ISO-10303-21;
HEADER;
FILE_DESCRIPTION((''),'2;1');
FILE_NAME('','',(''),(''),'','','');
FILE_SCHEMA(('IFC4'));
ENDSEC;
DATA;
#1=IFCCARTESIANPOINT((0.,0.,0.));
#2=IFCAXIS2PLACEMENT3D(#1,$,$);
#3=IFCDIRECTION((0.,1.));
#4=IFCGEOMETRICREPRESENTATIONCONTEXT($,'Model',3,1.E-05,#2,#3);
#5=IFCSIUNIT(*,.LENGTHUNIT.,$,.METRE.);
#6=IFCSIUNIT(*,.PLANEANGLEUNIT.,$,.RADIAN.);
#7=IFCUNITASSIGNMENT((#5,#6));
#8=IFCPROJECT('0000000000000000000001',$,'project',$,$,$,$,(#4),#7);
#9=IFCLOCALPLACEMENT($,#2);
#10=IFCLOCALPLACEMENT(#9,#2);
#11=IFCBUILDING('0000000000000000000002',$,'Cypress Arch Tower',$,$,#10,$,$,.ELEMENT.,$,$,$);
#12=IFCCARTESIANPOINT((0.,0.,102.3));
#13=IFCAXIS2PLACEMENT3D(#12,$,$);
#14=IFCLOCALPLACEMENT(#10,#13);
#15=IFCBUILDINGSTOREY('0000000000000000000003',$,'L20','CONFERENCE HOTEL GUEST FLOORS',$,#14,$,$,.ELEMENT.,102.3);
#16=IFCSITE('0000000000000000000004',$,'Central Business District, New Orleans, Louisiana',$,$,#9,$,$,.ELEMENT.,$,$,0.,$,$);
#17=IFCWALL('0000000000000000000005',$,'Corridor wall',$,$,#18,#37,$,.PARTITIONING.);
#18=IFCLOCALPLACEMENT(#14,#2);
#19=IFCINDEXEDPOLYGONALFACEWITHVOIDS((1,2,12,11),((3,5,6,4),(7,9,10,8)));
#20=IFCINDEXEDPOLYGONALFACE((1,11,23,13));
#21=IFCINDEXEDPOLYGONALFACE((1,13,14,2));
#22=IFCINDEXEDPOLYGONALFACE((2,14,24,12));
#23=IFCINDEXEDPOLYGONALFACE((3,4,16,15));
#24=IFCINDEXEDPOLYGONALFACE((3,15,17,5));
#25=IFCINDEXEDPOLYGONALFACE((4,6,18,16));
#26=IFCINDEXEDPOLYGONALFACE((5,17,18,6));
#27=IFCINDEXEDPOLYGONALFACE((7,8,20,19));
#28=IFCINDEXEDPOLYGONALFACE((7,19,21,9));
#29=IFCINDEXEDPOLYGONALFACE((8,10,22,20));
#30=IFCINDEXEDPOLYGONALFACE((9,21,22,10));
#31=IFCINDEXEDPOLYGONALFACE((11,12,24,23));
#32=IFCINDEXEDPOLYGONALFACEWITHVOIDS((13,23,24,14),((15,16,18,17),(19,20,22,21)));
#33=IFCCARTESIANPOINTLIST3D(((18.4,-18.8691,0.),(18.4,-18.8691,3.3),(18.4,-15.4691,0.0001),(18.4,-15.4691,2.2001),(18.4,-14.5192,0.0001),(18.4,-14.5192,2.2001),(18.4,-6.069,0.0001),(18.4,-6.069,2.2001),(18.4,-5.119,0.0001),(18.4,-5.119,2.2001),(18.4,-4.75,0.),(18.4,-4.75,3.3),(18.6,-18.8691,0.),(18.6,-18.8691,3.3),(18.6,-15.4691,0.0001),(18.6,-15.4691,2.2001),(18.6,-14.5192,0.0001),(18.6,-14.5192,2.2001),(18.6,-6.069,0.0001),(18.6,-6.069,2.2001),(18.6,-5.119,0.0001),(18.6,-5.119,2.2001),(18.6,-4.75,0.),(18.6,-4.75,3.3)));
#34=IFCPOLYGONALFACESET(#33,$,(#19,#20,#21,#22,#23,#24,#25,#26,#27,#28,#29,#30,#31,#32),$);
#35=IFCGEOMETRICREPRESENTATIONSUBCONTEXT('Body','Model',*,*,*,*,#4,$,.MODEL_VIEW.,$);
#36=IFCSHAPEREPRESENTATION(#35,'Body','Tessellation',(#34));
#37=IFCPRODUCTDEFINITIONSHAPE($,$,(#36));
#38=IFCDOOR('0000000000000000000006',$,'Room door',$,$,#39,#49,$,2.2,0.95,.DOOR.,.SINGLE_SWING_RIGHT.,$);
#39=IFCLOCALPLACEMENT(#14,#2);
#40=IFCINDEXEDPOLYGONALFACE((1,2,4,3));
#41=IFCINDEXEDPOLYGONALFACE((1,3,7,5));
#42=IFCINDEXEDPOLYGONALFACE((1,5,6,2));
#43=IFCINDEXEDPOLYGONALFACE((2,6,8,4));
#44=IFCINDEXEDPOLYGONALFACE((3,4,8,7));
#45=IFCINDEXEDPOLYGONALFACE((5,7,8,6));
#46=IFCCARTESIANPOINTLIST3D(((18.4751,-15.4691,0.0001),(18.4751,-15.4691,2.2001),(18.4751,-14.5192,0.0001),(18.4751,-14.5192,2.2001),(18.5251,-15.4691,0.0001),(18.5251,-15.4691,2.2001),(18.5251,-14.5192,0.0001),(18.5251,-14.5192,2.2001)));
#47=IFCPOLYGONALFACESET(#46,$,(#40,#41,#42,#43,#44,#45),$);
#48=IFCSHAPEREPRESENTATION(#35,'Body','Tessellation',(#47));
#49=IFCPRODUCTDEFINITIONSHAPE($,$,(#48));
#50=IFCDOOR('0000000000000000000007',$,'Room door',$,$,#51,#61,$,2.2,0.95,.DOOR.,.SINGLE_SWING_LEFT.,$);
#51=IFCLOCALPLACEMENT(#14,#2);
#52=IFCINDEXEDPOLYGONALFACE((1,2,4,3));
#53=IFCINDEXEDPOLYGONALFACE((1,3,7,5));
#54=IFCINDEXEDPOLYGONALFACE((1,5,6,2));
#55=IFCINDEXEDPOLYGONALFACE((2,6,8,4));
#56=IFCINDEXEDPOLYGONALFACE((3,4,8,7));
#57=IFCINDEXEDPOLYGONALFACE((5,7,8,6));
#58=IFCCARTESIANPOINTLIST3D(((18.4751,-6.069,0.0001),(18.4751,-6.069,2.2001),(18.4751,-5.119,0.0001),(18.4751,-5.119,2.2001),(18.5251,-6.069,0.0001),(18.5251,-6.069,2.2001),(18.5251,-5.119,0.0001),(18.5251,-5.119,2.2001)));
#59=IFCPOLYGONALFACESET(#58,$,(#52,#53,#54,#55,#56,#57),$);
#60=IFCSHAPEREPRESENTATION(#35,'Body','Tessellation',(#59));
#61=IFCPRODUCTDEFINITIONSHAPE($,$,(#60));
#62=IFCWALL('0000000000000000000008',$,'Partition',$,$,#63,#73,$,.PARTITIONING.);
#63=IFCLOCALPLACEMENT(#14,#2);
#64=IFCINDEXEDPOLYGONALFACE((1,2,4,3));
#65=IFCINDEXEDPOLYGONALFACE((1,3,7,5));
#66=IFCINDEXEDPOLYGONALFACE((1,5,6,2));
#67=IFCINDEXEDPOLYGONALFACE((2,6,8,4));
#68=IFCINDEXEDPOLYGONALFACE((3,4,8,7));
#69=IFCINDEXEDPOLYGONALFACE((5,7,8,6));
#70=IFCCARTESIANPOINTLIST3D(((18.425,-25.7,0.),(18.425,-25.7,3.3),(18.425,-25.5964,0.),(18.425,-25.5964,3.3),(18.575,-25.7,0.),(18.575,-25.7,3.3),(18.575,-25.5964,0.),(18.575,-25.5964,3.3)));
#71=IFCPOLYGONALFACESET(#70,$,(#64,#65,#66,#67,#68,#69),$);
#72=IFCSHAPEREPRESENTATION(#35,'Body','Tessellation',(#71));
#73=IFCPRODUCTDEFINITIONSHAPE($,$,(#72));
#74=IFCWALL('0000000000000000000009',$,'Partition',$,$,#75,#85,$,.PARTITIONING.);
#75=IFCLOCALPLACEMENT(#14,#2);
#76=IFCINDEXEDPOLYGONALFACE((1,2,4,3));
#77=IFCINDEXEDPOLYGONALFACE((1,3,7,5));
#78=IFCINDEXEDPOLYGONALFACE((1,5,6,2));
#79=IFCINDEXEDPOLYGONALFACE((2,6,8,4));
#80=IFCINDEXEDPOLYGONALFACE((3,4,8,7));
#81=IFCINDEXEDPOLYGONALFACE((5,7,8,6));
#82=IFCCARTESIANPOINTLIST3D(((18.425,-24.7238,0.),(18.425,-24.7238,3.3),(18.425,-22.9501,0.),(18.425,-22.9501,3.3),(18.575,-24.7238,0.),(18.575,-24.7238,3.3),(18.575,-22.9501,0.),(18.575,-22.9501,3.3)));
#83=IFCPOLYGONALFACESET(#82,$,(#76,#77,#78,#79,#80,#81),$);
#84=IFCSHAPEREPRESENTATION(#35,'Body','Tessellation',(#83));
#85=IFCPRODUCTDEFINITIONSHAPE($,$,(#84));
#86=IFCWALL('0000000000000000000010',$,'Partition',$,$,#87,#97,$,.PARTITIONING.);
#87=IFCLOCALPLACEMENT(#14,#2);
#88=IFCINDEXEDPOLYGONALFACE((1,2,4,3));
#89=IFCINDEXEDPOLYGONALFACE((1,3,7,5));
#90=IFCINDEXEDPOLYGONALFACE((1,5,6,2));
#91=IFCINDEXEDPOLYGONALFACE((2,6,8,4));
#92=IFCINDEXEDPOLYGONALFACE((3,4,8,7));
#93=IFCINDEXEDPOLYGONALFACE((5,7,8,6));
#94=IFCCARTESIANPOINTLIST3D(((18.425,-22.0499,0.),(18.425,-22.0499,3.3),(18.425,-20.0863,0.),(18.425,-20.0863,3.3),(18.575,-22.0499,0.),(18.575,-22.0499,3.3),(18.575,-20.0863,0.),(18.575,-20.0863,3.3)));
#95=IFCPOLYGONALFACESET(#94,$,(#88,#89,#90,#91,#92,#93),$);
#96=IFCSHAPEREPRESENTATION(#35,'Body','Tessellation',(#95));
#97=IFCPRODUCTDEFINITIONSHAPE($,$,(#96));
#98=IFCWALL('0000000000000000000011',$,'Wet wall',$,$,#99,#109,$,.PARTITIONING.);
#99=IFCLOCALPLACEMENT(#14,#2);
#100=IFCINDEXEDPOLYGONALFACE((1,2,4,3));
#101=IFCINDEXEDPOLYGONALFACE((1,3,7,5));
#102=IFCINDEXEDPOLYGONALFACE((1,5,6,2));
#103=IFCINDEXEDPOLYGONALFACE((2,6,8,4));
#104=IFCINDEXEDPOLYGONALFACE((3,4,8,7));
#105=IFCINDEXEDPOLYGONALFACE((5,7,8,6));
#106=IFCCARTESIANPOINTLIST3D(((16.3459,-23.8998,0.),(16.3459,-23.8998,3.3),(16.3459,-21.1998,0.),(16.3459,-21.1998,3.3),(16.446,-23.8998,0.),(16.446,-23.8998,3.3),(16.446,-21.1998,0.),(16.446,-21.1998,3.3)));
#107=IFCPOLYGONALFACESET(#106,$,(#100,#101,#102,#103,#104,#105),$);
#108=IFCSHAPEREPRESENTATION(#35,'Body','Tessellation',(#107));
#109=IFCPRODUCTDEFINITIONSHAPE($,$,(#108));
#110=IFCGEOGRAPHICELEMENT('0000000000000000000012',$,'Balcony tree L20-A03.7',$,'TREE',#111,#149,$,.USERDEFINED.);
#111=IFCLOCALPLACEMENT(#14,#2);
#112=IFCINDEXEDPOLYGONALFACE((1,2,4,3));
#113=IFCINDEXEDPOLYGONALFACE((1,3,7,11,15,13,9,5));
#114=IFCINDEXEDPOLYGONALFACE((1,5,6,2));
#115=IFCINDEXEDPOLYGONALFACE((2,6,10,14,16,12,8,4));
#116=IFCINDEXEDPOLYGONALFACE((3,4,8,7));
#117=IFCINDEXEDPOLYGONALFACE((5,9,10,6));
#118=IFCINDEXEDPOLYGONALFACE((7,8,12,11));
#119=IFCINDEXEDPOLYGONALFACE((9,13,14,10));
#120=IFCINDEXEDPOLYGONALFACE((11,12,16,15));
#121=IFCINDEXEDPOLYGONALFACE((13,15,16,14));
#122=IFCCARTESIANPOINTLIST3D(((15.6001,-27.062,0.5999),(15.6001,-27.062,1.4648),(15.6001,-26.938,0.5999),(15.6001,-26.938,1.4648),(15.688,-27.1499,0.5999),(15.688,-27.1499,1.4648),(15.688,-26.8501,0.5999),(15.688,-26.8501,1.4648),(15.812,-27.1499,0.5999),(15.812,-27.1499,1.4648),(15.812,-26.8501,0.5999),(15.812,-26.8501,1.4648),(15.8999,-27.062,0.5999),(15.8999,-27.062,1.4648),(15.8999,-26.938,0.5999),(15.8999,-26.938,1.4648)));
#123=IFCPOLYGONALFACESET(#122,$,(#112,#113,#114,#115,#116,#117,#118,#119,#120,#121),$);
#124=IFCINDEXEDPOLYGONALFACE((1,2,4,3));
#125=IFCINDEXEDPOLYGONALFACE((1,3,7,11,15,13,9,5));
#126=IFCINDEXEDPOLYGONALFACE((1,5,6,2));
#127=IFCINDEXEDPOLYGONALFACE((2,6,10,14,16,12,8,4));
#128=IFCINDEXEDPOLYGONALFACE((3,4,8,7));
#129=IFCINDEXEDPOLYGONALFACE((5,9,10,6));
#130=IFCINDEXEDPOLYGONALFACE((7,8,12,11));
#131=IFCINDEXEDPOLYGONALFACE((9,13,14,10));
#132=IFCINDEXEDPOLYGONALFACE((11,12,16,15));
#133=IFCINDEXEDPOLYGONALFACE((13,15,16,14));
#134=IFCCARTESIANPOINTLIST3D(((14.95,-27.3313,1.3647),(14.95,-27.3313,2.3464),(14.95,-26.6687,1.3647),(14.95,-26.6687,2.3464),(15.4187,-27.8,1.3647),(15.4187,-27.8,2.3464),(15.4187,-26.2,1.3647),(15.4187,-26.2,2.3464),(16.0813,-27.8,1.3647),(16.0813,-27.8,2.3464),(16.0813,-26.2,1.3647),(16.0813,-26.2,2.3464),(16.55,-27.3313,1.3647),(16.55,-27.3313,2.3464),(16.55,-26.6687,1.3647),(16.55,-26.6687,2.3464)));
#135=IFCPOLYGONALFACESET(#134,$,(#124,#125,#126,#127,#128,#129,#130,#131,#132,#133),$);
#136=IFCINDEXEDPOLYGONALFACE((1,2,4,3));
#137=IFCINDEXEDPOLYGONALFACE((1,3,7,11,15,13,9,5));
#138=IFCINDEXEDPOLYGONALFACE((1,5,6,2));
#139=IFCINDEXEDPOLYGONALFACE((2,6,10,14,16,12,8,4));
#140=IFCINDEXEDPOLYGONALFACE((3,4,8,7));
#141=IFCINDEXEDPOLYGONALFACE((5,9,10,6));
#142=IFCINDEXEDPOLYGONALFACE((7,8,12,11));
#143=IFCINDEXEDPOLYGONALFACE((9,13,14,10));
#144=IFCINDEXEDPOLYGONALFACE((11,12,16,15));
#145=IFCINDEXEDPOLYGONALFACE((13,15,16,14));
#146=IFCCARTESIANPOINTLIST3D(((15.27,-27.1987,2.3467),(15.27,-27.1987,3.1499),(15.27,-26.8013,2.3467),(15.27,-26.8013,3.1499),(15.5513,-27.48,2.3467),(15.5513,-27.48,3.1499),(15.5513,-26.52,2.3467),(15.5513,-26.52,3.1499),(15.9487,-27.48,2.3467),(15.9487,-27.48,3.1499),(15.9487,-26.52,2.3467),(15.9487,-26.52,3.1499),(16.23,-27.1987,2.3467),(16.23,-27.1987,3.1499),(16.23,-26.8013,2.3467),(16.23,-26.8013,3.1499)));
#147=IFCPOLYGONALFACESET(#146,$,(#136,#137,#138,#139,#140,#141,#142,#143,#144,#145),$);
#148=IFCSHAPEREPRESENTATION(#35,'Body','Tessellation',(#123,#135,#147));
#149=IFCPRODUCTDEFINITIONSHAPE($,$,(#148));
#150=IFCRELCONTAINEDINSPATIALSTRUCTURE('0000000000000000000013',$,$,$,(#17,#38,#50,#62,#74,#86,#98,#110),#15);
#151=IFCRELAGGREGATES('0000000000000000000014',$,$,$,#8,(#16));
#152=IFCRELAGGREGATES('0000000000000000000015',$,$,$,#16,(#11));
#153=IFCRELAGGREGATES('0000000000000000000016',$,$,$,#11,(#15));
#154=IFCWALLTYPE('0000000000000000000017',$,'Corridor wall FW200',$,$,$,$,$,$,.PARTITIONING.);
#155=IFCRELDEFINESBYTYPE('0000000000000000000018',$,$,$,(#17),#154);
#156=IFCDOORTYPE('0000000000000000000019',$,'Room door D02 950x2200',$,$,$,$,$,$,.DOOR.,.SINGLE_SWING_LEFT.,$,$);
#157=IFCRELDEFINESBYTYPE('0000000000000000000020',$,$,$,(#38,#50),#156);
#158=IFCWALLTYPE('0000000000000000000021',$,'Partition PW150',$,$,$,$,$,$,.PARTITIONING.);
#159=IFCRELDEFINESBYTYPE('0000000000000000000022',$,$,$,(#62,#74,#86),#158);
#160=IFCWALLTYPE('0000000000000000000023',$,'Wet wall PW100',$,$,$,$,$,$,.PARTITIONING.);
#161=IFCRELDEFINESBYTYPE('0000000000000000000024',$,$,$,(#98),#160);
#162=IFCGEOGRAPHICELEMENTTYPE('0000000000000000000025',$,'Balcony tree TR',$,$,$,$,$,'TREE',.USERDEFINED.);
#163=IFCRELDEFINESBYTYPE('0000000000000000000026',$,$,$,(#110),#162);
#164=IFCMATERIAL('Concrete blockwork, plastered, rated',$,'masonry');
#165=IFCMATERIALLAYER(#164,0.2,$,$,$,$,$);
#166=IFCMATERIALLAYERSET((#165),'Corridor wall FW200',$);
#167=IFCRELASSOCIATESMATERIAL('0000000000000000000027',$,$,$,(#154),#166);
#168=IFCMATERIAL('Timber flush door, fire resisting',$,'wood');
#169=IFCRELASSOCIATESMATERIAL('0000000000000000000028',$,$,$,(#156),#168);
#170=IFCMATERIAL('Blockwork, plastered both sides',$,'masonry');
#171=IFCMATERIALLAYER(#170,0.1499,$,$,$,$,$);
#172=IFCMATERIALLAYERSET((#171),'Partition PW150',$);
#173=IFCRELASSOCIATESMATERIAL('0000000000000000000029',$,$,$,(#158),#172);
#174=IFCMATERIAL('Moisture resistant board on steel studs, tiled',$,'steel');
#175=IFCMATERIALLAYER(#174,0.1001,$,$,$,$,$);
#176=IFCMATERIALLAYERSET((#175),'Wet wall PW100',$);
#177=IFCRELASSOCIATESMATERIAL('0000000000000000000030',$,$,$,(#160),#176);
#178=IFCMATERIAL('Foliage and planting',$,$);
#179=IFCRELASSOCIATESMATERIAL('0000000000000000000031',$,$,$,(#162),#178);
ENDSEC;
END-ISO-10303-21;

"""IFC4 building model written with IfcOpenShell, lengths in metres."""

from ifc_helpers import new_model, si_unit, direction, frame, frame_2d, origin, place, context, subcontext, project, spatial, polyline, rectangle, outline, extrude, material, layer, layer_set, type_object, element, fill, save


model = new_model("IFC4")

# Units and contexts
model_context = context("Model", 3, precision=1e-05, world=origin(), true_north=direction((0.0, 1.0)))
body_context = subcontext(model_context, "Body", "Model", "MODEL_VIEW")
ifc_project = project(units=[si_unit("LENGTHUNIT", "METRE"), si_unit("PLANEANGLEUNIT", "RADIAN")], contexts=[model_context])

# Site, building, storey
site_placement = place(None, origin())
site = spatial("IfcSite", under=ifc_project, at=site_placement, Name="Central Business District, New Orleans, Louisiana", CompositionType="ELEMENT", RefElevation=0.0)
building_placement = place(site_placement, origin())
building = spatial("IfcBuilding", under=site, at=building_placement, Name="Cypress Arch Tower", CompositionType="ELEMENT")
storey_placement = place(building_placement, frame((0.0, 0.0, 102.3)))
storey = spatial("IfcBuildingStorey", under=building, at=storey_placement, Name="L20", Description="CONFERENCE HOTEL GUEST FLOORS", CompositionType="ELEMENT", Elevation=102.3)

# Wall, openings, doors
ifc_material_1 = material(Name="Concrete blockwork, plastered, rated", Category="masonry")
ifc_layer_1 = layer(ifc_material_1, 0.2)
ifc_layer_set_1 = layer_set([ifc_layer_1], Name="Corridor wall FW200")
wall_type_1 = type_object("IfcWallType", Name="Corridor wall FW200", PredefinedType="PARTITIONING", material=ifc_layer_set_1)
wall_1_placement = place(storey_placement, frame((18.5, -18.8691, 0.0), z_axis=(0.0, 0.0, 1.0), x_axis=(0.0, 1.0, 0.0)))
wall_1 = element("IfcWall", 1, at=wall_1_placement, inside=storey, type_object=wall_type_1, Name="Corridor wall", PredefinedType="PARTITIONING", context=body_context, shape_type="SweptSolid", body=[
    extrude(rectangle(XDim=14.1191, YDim=0.2, at=frame_2d((7.0596, 0.0))), origin(), (0.0, 0.0, 1.0), 3.3),
])
opening_1_placement = place(wall_1_placement, frame((3.3999, 0.0, 0.0)))
opening_1 = element("IfcOpeningElement", 2, at=opening_1_placement, cuts=wall_1, PredefinedType="OPENING", context=body_context, shape_type="SweptSolid", body=[
    extrude(rectangle(XDim=0.95, YDim=2.2, at=frame_2d((0.4751, 1.1001))), frame((0.0, 0.1099, 0.0), z_axis=(0.0, -1.0, 0.0), x_axis=(1.0, 0.0, 0.0)), (0.0, 0.0, 1.0), 0.22),
])
opening_2_placement = place(wall_1_placement, frame((12.8, 0.0, 0.0)))
opening_2 = element("IfcOpeningElement", 3, at=opening_2_placement, cuts=wall_1, PredefinedType="OPENING", context=body_context, shape_type="SweptSolid", body=[
    extrude(rectangle(XDim=0.95, YDim=2.2, at=frame_2d((0.4751, 1.1001))), frame((0.0, 0.1099, 0.0), z_axis=(0.0, -1.0, 0.0), x_axis=(1.0, 0.0, 0.0)), (0.0, 0.0, 1.0), 0.22),
])
ifc_material_2 = material(Name="Timber flush door, fire resisting", Category="wood")
door_type = type_object("IfcDoorType", Name="Room door D02 950x2200", OperationType="SINGLE_SWING_LEFT", PredefinedType="DOOR", material=ifc_material_2)
door_1_placement = place(opening_1_placement, origin())
door_1 = element("IfcDoor", 4, at=door_1_placement, inside=storey, type_object=door_type, Name="Room door", OperationType="SINGLE_SWING_RIGHT", OverallHeight=2.2, OverallWidth=0.95, PredefinedType="DOOR", context=body_context, shape_type="SweptSolid", body=[
    extrude(rectangle(XDim=0.95, YDim=2.2, at=frame_2d((0.4751, 1.1001))), frame((0.0, 0.0249, 0.0), z_axis=(0.0, -1.0, 0.0), x_axis=(1.0, 0.0, 0.0)), (0.0, 0.0, 1.0), 0.05),
])
fill(opening_1, door_1)
door_2_placement = place(opening_2_placement, origin())
door_2 = element("IfcDoor", 5, at=door_2_placement, inside=storey, type_object=door_type, Name="Room door", OperationType="SINGLE_SWING_LEFT", OverallHeight=2.2, OverallWidth=0.95, PredefinedType="DOOR", context=body_context, shape_type="SweptSolid", body=[
    extrude(rectangle(XDim=0.95, YDim=2.2, at=frame_2d((0.4751, 1.1001))), frame((0.0, 0.0249, 0.0), z_axis=(0.0, -1.0, 0.0), x_axis=(1.0, 0.0, 0.0)), (0.0, 0.0, 1.0), 0.05),
])
fill(opening_2, door_2)

# Walls
ifc_material_3 = material(Name="Blockwork, plastered both sides", Category="masonry")
ifc_layer_2 = layer(ifc_material_3, 0.1499)
ifc_layer_set_2 = layer_set([ifc_layer_2], Name="Partition PW150")
wall_type_2 = type_object("IfcWallType", Name="Partition PW150", PredefinedType="PARTITIONING", material=ifc_layer_set_2)
wall_2_placement = place(storey_placement, frame((18.5, -25.7, 0.0), z_axis=(0.0, 0.0, 1.0), x_axis=(0.0, 1.0, 0.0)))
element("IfcWall", 6, at=wall_2_placement, inside=storey, type_object=wall_type_2, Name="Partition", PredefinedType="PARTITIONING", context=body_context, shape_type="SweptSolid", body=[
    extrude(rectangle(XDim=0.1035, YDim=0.1499, at=frame_2d((0.0518, 0.0))), origin(), (0.0, 0.0, 1.0), 3.3),
])
wall_3_placement = place(storey_placement, frame((18.5, -24.7236, 0.0), z_axis=(0.0, 0.0, 1.0), x_axis=(0.0, 1.0, 0.0)))
element("IfcWall", 7, at=wall_3_placement, inside=storey, type_object=wall_type_2, Name="Partition", PredefinedType="PARTITIONING", context=body_context, shape_type="SweptSolid", body=[
    extrude(rectangle(XDim=1.7737, YDim=0.1499, at=frame_2d((0.8867, 0.0))), origin(), (0.0, 0.0, 1.0), 3.3),
])
wall_4_placement = place(storey_placement, frame((18.5, -22.05, 0.0), z_axis=(0.0, 0.0, 1.0), x_axis=(0.0, 1.0, 0.0)))
element("IfcWall", 8, at=wall_4_placement, inside=storey, type_object=wall_type_2, Name="Partition", PredefinedType="PARTITIONING", context=body_context, shape_type="SweptSolid", body=[
    extrude(rectangle(XDim=1.9636, YDim=0.1499, at=frame_2d((0.9819, 0.0))), origin(), (0.0, 0.0, 1.0), 3.3),
])
ifc_material_4 = material(Name="Moisture resistant board on steel studs, tiled", Category="steel")
ifc_layer_3 = layer(ifc_material_4, 0.1001)
ifc_layer_set_3 = layer_set([ifc_layer_3], Name="Wet wall PW100")
wall_type_3 = type_object("IfcWallType", Name="Wet wall PW100", PredefinedType="PARTITIONING", material=ifc_layer_set_3)
wall_5_placement = place(storey_placement, frame((16.396, -23.8999, 0.0), z_axis=(0.0, 0.0, 1.0), x_axis=(0.0, 1.0, 0.0)))
element("IfcWall", 9, at=wall_5_placement, inside=storey, type_object=wall_type_3, Name="Wet wall", PredefinedType="PARTITIONING", context=body_context, shape_type="SweptSolid", body=[
    extrude(rectangle(XDim=2.7, YDim=0.1001, at=frame_2d((1.3501, 0.0))), origin(), (0.0, 0.0, 1.0), 3.3),
])

# Geographic element
ifc_material_5 = material(Name="Foliage and planting")
geographic_element_type = type_object("IfcGeographicElementType", Name="Balcony tree TR", ElementType="TREE", PredefinedType="USERDEFINED", material=ifc_material_5)
geographic_element_placement = place(storey_placement, frame((15.75, -27.0, 0.5999), z_axis=(0.0, 0.0, 1.0), x_axis=(1.0, 0.0, 0.0)))
element("IfcGeographicElement", 10, at=geographic_element_placement, inside=storey, type_object=geographic_element_type, Name="Balcony tree L20-A03.7", ObjectType="TREE", PredefinedType="USERDEFINED", context=body_context, shape_type="SweptSolid", body=[
    extrude(outline(polyline([(0.1499, 0.062), (0.062, 0.1499), (-0.062, 0.1499), (-0.1499, 0.062), (-0.1499, -0.062), (-0.062, -0.1499), (0.062, -0.1499), (0.1499, -0.062), (0.1499, 0.062)])), origin(), (0.0, 0.0, 1.0), 0.865),
    extrude(outline(polyline([(0.8, 0.3313), (0.3313, 0.8), (-0.3313, 0.8), (-0.8, 0.3313), (-0.8, -0.3313), (-0.3313, -0.8), (0.3313, -0.8), (0.8, -0.3313), (0.8, 0.3313)])), frame((0.0, 0.0, 0.7649)), (0.0, 0.0, 1.0), 0.9817),
    extrude(outline(polyline([(0.48, 0.1987), (0.1987, 0.48), (-0.1987, 0.48), (-0.48, 0.1987), (-0.48, -0.1987), (-0.1987, -0.48), (0.1987, -0.48), (0.48, -0.1987), (0.48, 0.1987)])), frame((0.0, 0.0, 1.7468)), (0.0, 0.0, 1.0), 0.8032),
])

save(model, "model.ifc")
